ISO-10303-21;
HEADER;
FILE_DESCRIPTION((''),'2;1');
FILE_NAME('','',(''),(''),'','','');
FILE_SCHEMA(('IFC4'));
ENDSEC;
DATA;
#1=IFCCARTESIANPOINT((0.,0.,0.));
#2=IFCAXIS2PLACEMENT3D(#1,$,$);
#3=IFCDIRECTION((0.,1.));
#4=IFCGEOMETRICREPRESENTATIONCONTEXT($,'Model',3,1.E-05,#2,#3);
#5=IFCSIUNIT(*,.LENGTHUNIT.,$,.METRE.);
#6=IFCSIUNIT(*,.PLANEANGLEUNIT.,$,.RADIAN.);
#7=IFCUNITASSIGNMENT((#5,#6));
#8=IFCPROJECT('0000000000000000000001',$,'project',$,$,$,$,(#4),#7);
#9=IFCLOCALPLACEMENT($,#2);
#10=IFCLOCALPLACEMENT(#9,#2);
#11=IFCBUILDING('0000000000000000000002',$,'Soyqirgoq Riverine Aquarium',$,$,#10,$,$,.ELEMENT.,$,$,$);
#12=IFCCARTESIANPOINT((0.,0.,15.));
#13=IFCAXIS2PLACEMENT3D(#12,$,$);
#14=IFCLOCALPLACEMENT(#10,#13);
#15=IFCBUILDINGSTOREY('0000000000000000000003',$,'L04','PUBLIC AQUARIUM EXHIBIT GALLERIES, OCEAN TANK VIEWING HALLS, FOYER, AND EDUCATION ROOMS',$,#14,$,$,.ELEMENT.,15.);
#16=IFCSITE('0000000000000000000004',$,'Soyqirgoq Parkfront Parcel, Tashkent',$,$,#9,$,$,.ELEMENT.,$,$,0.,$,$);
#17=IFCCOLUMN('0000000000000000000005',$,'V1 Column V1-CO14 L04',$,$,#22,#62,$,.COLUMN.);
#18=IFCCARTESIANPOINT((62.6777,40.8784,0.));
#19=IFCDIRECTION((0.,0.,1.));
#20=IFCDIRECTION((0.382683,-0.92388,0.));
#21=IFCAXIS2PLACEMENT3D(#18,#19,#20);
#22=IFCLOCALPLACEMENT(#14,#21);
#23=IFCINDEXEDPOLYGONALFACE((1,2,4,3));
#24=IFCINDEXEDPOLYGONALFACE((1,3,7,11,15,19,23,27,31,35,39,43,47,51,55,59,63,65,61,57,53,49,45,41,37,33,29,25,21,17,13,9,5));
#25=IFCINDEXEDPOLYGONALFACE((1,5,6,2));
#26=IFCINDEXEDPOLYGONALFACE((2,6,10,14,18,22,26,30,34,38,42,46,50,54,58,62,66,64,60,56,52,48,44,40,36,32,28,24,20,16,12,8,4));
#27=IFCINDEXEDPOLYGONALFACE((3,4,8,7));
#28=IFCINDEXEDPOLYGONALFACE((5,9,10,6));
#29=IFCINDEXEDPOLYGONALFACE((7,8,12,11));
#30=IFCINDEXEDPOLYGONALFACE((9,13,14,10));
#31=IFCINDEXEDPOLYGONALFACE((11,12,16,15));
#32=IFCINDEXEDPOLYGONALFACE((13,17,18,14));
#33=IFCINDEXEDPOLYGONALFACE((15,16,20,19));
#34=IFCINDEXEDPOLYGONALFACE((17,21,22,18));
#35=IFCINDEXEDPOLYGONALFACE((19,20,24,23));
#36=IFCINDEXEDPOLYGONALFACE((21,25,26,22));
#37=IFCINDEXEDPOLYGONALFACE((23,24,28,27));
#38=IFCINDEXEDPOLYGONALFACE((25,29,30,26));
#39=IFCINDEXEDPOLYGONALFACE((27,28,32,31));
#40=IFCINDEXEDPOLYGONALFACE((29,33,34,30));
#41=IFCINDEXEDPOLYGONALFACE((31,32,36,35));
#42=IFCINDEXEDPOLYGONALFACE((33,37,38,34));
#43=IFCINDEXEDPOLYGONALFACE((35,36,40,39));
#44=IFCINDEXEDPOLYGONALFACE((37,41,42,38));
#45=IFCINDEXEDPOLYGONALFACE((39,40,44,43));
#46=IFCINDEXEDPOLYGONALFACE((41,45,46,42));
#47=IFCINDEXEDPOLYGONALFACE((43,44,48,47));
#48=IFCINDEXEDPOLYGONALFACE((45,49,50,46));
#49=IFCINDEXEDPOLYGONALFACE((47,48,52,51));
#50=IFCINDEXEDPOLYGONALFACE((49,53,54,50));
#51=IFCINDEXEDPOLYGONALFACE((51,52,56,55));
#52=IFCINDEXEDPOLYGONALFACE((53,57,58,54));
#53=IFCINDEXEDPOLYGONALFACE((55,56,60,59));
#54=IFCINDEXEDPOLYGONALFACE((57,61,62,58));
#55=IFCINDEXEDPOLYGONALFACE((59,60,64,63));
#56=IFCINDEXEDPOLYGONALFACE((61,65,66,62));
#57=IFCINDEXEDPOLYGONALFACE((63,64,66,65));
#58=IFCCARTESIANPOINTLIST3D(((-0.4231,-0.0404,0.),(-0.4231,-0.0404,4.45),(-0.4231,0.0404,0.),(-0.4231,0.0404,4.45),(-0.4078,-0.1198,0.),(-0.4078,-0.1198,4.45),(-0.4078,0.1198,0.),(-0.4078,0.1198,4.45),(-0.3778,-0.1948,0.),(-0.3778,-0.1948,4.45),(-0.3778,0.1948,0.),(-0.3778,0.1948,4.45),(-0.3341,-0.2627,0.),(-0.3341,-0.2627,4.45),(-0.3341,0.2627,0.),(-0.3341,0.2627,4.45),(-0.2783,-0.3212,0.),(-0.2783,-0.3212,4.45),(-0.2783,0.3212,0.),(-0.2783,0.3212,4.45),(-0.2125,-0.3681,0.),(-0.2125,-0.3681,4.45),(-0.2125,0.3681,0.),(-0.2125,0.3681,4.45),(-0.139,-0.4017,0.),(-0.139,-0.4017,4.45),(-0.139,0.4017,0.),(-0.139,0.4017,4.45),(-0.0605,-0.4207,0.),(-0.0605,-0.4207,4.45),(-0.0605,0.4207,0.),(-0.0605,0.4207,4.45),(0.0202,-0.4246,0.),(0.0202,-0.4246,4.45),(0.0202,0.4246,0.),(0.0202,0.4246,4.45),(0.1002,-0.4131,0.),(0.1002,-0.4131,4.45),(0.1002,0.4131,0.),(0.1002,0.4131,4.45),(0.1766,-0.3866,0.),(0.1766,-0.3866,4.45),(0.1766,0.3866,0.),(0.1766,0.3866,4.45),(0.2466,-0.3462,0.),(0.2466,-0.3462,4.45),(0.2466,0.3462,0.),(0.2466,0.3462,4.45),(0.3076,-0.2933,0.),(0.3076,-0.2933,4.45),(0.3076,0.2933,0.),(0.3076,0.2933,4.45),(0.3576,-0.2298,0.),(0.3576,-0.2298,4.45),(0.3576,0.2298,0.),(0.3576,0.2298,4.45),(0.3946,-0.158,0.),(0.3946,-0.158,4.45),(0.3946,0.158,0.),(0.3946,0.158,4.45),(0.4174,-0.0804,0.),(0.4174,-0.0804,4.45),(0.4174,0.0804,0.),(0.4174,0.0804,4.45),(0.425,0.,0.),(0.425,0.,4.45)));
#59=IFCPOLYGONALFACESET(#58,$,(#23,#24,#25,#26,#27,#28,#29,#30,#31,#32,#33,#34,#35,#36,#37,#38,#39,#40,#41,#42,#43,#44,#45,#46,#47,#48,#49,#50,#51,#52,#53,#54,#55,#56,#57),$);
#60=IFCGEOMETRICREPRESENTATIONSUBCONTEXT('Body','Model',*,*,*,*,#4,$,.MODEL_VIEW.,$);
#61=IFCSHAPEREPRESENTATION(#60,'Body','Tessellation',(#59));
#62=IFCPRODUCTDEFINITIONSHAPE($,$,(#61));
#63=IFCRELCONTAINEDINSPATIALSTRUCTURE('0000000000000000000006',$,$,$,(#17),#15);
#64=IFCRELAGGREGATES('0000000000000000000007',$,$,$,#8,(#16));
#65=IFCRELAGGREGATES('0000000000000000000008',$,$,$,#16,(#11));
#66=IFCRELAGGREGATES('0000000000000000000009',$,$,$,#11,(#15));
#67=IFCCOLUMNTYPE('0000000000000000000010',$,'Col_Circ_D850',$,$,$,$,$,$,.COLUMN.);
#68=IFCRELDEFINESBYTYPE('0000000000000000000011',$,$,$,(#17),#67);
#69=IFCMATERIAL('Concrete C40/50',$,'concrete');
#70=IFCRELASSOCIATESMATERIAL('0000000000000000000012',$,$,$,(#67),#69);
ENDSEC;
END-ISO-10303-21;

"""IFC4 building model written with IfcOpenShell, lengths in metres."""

from ifc_helpers import new_model, si_unit, direction, frame, origin, origin_2d, place, context, subcontext, project, spatial, circle, extrude, material, material_profile, profile_set, type_object, element, save


model = new_model("IFC4")

# Units and contexts
model_context = context("Model", 3, precision=1e-05, world=origin(), true_north=direction((0.0, 1.0)))
body_context = subcontext(model_context, "Body", "Model", "MODEL_VIEW")
ifc_project = project(units=[si_unit("LENGTHUNIT", "METRE"), si_unit("PLANEANGLEUNIT", "RADIAN")], contexts=[model_context])

# Site, building, storey
site_placement = place(None, origin())
site = spatial("IfcSite", under=ifc_project, at=site_placement, Name="Soyqirgoq Parkfront Parcel, Tashkent", CompositionType="ELEMENT", RefElevation=0.0)
building_placement = place(site_placement, origin())
building = spatial("IfcBuilding", under=site, at=building_placement, Name="Soyqirgoq Riverine Aquarium", CompositionType="ELEMENT")
storey_placement = place(building_placement, frame((0.0, 0.0, 15.0)))
storey = spatial("IfcBuildingStorey", under=building, at=storey_placement, Name="L04", Description="PUBLIC AQUARIUM EXHIBIT GALLERIES, OCEAN TANK VIEWING HALLS, FOYER, AND EDUCATION ROOMS", CompositionType="ELEMENT", Elevation=15.0)

# Column
ifc_material_1 = material(Name="Concrete C40/50", Category="concrete")
ifc_material_profile_1 = material_profile(ifc_material_1, circle(Radius=0.425, at=origin_2d()), Name="RC-COL D850")
ifc_profile_set_1 = profile_set([ifc_material_profile_1], Name="Concrete C40/50")
column_type = type_object("IfcColumnType", Name="Col_Circ_D850", PredefinedType="COLUMN", material=ifc_profile_set_1)
column_placement = place(storey_placement, frame((62.6777, 40.8784, 0.0), z_axis=(0.0, 0.0, 1.0), x_axis=(0.382683, -0.92388, 0.0)))
element("IfcColumn", 1, at=column_placement, inside=storey, type_object=column_type, Name="V1 Column V1-CO14 L04", PredefinedType="COLUMN", context=body_context, shape_type="SweptSolid", body=[
    extrude(circle(Radius=0.425, at=origin_2d()), origin(), (0.0, 0.0, 1.0), 4.45),
])

save(model, "model.ifc")
